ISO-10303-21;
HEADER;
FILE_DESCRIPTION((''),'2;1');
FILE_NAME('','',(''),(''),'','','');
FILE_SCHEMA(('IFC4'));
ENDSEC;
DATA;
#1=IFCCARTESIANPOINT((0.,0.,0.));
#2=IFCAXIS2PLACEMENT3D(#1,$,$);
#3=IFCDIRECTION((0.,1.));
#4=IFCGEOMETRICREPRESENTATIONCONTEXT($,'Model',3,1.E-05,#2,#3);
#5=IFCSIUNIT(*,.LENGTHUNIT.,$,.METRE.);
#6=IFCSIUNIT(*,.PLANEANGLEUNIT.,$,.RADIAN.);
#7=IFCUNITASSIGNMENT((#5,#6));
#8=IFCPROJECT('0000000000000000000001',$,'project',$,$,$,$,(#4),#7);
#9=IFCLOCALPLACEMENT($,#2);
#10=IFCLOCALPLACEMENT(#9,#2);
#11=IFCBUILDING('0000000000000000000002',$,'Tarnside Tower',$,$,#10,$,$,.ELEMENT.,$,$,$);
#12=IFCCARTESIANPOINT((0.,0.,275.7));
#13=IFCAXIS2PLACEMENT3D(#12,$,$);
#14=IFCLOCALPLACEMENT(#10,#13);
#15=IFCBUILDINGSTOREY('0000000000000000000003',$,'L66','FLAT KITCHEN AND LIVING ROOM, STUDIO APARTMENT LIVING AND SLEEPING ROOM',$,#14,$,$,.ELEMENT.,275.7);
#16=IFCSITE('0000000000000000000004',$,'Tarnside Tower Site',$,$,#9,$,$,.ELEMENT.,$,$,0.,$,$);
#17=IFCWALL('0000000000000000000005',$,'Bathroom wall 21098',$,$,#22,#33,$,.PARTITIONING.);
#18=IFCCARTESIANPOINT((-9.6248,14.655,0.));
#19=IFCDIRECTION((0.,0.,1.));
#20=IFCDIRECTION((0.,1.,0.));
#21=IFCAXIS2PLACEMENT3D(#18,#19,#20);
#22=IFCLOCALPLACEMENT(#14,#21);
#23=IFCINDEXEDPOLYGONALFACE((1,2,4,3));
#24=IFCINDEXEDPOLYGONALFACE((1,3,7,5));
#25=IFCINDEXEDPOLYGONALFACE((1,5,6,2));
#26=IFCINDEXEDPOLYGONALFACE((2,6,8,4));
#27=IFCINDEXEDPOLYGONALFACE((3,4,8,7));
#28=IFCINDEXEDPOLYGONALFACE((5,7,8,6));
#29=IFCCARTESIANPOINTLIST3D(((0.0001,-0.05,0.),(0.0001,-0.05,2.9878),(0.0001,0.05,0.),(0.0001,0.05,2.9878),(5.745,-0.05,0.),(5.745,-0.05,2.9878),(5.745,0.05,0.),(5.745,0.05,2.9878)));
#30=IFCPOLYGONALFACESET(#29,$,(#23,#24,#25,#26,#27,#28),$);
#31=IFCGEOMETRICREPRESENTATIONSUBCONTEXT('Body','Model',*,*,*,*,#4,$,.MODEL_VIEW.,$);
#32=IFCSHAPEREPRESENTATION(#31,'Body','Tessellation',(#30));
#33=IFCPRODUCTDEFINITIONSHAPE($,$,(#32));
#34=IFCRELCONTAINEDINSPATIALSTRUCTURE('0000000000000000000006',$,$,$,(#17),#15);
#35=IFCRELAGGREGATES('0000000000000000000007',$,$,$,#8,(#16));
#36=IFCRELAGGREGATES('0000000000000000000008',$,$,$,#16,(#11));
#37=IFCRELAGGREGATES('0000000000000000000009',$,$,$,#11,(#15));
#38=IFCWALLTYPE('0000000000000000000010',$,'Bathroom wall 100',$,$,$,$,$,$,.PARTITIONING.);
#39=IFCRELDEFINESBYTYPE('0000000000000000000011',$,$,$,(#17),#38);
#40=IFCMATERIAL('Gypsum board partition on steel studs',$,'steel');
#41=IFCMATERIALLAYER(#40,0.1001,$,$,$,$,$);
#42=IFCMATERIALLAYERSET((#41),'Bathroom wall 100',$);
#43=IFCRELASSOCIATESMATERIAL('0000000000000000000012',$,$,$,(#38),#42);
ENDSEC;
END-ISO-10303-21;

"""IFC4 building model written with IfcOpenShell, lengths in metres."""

from ifc_helpers import new_model, si_unit, direction, frame, frame_2d, origin, place, context, subcontext, project, spatial, rectangle, extrude, material, layer, layer_set, type_object, element, save


model = new_model("IFC4")

# Units and contexts
model_context = context("Model", 3, precision=1e-05, world=origin(), true_north=direction((0.0, 1.0)))
body_context = subcontext(model_context, "Body", "Model", "MODEL_VIEW")
ifc_project = project(units=[si_unit("LENGTHUNIT", "METRE"), si_unit("PLANEANGLEUNIT", "RADIAN")], contexts=[model_context])

# Site, building, storey
site_placement = place(None, origin())
site = spatial("IfcSite", under=ifc_project, at=site_placement, Name="Tarnside Tower Site", CompositionType="ELEMENT", RefElevation=0.0)
building_placement = place(site_placement, origin())
building = spatial("IfcBuilding", under=site, at=building_placement, Name="Tarnside Tower", CompositionType="ELEMENT")
storey_placement = place(building_placement, frame((0.0, 0.0, 275.7)))
storey = spatial("IfcBuildingStorey", under=building, at=storey_placement, Name="L66", Description="FLAT KITCHEN AND LIVING ROOM, STUDIO APARTMENT LIVING AND SLEEPING ROOM", CompositionType="ELEMENT", Elevation=275.7)

# Wall
ifc_material_1 = material(Name="Gypsum board partition on steel studs", Category="steel")
ifc_layer_1 = layer(ifc_material_1, 0.1001)
ifc_layer_set_1 = layer_set([ifc_layer_1], Name="Bathroom wall 100")
wall_type_1 = type_object("IfcWallType", Name="Bathroom wall 100", PredefinedType="PARTITIONING", material=ifc_layer_set_1)
wall_1_placement = place(storey_placement, frame((-9.6248, 14.655, 0.0), z_axis=(0.0, 0.0, 1.0), x_axis=(0.0, 1.0, 0.0)))
element("IfcWall", 1, at=wall_1_placement, inside=storey, type_object=wall_type_1, Name="Bathroom wall 21098", PredefinedType="PARTITIONING", context=body_context, shape_type="SweptSolid", body=[
    extrude(rectangle(XDim=5.7449, YDim=0.1001, at=frame_2d((2.8726, 0.0))), origin(), (0.0, 0.0, 1.0), 2.9878),
])

save(model, "model.ifc")
